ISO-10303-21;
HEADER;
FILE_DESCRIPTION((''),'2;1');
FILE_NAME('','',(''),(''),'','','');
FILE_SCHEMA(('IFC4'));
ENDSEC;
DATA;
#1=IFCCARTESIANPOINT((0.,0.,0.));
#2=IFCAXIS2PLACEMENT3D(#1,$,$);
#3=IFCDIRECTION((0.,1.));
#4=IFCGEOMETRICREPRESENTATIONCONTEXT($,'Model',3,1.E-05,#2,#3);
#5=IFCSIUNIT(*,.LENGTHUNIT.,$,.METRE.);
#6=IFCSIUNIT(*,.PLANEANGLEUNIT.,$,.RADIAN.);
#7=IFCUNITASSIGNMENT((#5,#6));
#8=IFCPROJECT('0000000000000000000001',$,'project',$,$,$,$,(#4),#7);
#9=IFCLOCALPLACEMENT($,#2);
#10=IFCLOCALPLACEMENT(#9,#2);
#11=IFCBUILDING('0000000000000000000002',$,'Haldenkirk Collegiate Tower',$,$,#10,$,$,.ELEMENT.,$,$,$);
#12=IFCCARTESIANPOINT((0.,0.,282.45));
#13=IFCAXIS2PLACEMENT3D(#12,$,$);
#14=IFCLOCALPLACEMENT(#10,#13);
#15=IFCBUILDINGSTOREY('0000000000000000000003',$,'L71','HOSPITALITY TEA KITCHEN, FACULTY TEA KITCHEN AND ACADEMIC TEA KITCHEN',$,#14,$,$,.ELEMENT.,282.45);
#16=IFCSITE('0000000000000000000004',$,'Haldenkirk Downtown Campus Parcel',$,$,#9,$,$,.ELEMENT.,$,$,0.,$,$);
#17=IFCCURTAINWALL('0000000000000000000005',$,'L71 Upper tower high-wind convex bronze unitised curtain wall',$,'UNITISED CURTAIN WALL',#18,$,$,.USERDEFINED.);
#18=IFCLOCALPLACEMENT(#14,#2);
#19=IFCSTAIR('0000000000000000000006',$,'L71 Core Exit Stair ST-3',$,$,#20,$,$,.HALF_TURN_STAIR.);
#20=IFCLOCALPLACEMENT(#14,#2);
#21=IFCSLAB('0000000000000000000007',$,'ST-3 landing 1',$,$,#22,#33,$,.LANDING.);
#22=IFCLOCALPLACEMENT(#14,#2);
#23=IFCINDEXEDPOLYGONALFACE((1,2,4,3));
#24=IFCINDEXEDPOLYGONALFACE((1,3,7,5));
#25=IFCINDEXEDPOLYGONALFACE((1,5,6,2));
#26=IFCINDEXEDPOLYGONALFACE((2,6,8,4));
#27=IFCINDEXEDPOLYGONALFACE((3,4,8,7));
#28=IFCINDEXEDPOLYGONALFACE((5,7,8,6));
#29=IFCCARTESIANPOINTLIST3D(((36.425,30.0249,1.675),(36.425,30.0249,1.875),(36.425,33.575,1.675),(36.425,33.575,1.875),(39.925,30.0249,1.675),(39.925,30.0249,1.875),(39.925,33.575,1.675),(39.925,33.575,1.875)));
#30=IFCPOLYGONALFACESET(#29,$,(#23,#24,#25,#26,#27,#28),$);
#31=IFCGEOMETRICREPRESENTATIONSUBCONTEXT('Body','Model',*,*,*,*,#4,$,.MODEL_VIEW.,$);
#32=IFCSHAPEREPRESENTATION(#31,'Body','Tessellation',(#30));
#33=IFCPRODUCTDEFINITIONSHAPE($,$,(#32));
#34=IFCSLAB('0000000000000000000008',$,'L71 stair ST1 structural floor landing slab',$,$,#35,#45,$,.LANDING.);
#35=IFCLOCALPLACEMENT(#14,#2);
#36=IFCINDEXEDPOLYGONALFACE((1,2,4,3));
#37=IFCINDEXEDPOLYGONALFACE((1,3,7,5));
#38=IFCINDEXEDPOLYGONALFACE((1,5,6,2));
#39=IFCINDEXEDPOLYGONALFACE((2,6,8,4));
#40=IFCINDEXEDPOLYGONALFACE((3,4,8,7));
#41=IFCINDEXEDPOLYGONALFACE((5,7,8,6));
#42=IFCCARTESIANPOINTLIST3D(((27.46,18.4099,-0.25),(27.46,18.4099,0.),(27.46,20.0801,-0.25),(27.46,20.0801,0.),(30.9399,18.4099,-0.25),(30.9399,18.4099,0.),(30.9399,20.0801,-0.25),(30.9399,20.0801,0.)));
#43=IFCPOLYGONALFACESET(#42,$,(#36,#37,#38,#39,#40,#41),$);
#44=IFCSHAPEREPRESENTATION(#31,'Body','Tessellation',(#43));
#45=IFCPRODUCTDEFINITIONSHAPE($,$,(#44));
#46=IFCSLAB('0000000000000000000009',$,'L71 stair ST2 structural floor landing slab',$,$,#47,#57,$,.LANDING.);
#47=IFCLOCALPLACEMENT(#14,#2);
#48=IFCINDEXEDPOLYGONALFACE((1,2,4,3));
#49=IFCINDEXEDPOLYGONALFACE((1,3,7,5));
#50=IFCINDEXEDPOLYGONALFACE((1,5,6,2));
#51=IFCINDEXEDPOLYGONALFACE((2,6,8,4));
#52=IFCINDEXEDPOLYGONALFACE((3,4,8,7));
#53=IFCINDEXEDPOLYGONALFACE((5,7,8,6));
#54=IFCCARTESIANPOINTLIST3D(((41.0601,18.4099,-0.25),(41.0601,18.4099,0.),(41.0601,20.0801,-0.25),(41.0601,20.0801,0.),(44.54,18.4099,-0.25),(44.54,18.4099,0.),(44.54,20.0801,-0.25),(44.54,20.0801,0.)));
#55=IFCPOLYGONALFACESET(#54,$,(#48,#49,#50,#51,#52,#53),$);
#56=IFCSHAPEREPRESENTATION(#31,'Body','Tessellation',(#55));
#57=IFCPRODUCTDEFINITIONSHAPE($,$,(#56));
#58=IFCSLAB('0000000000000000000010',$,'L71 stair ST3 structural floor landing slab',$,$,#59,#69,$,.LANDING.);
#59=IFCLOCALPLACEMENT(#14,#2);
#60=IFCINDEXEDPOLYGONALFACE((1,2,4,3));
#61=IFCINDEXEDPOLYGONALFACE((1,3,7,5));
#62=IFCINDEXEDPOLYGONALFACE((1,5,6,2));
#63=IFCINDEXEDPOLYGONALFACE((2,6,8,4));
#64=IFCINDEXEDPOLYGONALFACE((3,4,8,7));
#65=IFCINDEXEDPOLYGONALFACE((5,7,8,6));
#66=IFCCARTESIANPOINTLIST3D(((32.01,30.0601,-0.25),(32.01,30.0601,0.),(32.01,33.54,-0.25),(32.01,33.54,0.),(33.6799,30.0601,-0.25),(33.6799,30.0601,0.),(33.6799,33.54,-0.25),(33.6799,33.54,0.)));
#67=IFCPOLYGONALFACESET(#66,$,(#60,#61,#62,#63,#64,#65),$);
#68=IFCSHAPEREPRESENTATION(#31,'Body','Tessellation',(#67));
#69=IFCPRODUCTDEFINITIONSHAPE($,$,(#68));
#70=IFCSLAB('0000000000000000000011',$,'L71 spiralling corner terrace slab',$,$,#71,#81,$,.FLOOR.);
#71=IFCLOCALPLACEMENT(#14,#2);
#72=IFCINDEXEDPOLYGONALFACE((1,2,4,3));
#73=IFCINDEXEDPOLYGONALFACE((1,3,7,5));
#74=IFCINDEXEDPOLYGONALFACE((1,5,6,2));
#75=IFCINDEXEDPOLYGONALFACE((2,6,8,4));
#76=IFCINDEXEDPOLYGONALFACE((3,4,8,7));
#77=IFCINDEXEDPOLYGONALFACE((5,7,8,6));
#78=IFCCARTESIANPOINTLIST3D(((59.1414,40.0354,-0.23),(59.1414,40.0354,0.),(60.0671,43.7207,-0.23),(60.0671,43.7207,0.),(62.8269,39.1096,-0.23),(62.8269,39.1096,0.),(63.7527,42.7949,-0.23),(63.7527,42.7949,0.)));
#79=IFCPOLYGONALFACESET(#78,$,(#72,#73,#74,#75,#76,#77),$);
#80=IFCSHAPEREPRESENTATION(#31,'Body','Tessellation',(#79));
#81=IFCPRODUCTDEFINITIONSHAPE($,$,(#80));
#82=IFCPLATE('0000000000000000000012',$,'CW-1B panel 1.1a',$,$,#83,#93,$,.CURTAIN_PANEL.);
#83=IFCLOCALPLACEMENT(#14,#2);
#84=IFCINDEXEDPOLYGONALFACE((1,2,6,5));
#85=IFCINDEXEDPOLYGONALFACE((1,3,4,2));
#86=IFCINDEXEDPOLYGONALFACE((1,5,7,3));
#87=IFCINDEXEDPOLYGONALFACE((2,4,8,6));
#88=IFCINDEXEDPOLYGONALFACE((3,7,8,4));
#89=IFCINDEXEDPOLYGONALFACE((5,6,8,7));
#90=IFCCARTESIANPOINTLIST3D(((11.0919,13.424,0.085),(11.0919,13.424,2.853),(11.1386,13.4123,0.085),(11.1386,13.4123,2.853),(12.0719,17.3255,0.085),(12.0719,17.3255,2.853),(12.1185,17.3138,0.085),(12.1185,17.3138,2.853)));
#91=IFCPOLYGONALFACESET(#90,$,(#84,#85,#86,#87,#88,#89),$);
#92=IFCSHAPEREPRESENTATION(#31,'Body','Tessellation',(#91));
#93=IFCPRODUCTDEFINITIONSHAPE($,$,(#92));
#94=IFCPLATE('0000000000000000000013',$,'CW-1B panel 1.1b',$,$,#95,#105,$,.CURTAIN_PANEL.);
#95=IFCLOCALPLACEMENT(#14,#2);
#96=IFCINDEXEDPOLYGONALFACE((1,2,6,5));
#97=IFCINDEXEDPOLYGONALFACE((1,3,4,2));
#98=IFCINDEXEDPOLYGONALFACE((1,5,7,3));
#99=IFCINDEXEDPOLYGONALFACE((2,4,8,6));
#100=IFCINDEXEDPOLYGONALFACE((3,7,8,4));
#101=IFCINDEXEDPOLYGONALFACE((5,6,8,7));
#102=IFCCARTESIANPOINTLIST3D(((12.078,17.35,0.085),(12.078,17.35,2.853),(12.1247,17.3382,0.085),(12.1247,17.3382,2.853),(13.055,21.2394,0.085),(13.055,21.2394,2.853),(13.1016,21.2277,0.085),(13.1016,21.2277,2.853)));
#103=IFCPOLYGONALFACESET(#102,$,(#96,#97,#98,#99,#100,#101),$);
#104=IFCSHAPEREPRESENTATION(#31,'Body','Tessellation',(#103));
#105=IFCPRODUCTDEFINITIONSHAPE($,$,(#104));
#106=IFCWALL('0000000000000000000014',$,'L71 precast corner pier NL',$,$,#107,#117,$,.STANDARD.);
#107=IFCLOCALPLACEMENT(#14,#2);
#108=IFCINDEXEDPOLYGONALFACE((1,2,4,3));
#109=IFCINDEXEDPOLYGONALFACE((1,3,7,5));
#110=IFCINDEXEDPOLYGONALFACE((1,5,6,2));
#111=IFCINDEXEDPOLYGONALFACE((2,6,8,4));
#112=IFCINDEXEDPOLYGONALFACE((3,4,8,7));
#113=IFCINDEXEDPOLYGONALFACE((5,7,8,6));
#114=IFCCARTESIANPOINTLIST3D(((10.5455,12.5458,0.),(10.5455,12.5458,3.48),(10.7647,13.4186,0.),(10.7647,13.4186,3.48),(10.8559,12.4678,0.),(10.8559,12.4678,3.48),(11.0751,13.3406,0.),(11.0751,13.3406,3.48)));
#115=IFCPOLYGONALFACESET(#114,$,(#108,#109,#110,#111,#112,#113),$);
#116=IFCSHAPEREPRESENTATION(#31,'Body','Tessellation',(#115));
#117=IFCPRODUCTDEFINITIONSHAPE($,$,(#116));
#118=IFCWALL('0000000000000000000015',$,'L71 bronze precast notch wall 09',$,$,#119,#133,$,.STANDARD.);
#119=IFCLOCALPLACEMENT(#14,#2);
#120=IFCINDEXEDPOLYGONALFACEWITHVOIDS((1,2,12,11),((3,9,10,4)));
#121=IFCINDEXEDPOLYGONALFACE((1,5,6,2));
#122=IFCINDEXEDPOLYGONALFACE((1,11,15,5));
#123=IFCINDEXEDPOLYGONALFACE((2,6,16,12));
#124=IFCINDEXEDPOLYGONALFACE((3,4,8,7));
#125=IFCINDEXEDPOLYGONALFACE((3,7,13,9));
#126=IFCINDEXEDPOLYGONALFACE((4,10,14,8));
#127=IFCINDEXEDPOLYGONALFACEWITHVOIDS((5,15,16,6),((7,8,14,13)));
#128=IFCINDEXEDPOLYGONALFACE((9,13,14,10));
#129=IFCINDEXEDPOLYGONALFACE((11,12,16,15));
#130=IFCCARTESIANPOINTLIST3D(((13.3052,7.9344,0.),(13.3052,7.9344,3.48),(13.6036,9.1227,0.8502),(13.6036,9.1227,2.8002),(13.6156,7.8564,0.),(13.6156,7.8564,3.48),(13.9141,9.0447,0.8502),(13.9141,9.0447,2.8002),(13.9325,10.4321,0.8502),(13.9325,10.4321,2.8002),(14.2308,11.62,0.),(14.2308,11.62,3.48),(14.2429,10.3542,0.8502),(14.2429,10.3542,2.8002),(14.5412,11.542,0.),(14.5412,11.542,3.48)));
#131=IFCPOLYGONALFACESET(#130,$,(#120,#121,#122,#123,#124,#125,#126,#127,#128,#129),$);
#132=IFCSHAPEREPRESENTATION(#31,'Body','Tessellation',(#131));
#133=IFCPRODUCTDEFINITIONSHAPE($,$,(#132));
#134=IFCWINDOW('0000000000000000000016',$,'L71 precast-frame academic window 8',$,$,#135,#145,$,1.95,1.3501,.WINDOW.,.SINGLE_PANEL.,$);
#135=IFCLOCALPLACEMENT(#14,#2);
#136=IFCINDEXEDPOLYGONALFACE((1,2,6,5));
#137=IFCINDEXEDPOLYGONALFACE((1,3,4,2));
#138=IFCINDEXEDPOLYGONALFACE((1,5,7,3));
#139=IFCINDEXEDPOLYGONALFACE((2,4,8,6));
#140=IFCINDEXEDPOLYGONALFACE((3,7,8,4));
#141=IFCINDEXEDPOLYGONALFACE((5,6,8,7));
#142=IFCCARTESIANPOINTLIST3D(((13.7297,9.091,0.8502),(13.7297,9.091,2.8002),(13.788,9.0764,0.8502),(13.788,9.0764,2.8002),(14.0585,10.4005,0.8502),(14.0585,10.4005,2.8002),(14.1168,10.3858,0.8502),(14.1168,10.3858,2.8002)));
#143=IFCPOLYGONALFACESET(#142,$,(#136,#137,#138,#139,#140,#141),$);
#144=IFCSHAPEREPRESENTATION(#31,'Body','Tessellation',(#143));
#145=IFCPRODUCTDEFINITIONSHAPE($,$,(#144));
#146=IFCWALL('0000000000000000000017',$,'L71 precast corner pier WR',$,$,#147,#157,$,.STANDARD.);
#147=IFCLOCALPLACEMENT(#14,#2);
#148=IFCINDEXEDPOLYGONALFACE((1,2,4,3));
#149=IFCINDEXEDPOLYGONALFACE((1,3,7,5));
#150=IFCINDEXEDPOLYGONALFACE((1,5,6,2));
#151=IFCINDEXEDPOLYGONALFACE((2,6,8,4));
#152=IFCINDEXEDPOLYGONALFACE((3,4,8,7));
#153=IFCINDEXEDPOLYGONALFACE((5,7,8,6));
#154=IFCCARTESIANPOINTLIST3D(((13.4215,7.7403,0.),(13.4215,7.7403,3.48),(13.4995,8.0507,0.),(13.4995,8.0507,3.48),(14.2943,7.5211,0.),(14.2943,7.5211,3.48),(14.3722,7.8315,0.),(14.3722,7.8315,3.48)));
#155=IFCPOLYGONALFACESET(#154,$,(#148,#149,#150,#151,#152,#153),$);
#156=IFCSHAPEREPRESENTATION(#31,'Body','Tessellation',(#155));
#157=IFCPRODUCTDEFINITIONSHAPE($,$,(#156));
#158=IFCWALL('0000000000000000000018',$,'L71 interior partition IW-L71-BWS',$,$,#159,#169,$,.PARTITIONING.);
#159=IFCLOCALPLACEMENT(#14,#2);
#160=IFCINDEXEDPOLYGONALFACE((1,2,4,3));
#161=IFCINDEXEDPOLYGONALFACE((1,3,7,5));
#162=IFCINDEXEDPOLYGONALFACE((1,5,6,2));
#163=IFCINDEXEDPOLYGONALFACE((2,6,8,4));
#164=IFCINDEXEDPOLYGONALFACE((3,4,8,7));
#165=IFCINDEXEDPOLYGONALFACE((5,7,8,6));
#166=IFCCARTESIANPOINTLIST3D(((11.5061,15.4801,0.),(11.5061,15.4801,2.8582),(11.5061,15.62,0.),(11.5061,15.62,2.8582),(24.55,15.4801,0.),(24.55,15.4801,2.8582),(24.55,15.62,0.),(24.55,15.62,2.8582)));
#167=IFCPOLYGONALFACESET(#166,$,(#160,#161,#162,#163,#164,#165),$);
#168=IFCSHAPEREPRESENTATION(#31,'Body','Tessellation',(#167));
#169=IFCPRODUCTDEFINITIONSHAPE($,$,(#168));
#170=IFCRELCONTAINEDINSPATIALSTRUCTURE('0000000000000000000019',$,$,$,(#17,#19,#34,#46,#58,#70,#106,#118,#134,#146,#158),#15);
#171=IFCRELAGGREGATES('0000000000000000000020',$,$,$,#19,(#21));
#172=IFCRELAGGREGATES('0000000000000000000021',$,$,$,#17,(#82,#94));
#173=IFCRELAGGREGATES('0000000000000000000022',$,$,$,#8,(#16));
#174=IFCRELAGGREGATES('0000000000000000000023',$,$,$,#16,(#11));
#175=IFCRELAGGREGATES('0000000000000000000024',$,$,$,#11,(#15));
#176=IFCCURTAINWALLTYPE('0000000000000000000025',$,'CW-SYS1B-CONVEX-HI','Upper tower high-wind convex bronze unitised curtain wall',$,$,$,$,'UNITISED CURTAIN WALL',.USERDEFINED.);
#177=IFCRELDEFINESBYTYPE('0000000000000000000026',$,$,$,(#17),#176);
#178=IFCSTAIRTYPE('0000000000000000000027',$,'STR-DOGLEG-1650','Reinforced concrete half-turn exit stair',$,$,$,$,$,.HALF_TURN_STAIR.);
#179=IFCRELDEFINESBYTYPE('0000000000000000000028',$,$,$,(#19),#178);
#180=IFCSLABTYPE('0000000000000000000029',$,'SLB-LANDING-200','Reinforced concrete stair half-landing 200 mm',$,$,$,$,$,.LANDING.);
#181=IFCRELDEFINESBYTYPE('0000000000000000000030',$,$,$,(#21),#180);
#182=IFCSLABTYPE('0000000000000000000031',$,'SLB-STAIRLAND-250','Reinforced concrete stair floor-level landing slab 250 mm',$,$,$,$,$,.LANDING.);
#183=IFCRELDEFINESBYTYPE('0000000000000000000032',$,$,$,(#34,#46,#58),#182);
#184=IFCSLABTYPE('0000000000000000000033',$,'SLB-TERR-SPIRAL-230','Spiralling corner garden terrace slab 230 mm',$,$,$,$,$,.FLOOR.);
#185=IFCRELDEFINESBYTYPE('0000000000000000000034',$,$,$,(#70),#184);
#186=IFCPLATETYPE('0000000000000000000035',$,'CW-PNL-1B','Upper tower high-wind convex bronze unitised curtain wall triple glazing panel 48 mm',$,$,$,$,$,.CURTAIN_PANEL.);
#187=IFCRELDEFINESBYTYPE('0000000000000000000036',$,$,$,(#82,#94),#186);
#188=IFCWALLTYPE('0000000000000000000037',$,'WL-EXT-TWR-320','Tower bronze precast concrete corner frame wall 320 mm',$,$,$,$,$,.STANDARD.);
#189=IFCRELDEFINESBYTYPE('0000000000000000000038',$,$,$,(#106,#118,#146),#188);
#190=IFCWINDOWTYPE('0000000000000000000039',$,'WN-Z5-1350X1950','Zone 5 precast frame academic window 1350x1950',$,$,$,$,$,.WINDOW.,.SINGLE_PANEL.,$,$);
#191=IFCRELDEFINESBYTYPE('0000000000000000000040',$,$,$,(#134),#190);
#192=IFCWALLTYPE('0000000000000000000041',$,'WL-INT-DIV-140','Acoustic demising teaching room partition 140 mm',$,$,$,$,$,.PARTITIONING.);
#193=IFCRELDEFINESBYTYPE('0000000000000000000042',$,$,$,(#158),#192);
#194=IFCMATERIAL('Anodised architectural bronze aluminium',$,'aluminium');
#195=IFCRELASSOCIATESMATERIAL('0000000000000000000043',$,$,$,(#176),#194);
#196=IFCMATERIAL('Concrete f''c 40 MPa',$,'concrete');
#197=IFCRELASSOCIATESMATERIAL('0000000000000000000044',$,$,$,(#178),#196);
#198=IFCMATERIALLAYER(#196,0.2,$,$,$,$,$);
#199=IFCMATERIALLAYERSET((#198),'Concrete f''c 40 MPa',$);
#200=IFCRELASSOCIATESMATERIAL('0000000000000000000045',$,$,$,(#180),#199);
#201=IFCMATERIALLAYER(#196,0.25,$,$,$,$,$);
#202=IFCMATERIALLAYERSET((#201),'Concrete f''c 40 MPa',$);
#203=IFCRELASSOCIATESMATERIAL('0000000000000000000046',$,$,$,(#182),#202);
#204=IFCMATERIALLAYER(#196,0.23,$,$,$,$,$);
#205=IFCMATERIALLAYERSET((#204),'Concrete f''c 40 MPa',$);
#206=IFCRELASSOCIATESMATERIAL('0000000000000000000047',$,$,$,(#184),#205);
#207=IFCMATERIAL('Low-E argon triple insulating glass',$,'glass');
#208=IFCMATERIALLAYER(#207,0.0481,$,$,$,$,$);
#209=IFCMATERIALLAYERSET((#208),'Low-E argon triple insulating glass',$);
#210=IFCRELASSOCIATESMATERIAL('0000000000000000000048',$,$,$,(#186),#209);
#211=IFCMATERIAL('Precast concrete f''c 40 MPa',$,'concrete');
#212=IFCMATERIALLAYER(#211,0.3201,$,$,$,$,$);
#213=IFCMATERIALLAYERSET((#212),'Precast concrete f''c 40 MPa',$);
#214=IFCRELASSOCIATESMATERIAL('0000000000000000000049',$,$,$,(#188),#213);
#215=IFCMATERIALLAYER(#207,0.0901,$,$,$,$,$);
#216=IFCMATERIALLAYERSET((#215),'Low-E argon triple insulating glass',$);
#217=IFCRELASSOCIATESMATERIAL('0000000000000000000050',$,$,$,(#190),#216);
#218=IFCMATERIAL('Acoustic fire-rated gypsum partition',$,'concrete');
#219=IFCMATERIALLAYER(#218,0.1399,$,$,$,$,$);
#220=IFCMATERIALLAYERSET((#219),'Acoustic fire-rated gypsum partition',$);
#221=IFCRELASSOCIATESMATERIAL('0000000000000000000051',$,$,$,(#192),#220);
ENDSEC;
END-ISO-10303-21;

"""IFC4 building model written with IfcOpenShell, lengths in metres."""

from ifc_helpers import new_model, si_unit, direction, frame, frame_2d, origin, origin_2d, place, context, subcontext, project, spatial, polyline, rectangle, outline, extrude, source, transform, mapped, material, layer, layer_set, type_object, element, fill, aggregate, save


model = new_model("IFC4")

# Units and contexts
model_context = context("Model", 3, precision=1e-05, world=origin(), true_north=direction((0.0, 1.0)))
body_context = subcontext(model_context, "Body", "Model", "MODEL_VIEW")
ifc_project = project(units=[si_unit("LENGTHUNIT", "METRE"), si_unit("PLANEANGLEUNIT", "RADIAN")], contexts=[model_context])

# Site, building, storey
site_placement = place(None, origin())
site = spatial("IfcSite", under=ifc_project, at=site_placement, Name="Haldenkirk Downtown Campus Parcel", CompositionType="ELEMENT", RefElevation=0.0)
building_placement = place(site_placement, origin())
building = spatial("IfcBuilding", under=site, at=building_placement, Name="Haldenkirk Collegiate Tower", CompositionType="ELEMENT")
storey_placement = place(building_placement, frame((0.0, 0.0, 282.45)))
storey = spatial("IfcBuildingStorey", under=building, at=storey_placement, Name="L71", Description="HOSPITALITY TEA KITCHEN, FACULTY TEA KITCHEN AND ACADEMIC TEA KITCHEN", CompositionType="ELEMENT", Elevation=282.45)

# Curtain wall
ifc_material_1 = material(Name="Anodised architectural bronze aluminium", Category="aluminium")
curtain_wall_type = type_object("IfcCurtainWallType", Name="CW-SYS1B-CONVEX-HI", Description="Upper tower high-wind convex bronze unitised curtain wall", ElementType="UNITISED CURTAIN WALL", PredefinedType="USERDEFINED", material=ifc_material_1)
curtain_wall_placement = place(storey_placement, origin())
curtain_wall = element("IfcCurtainWall", 1, at=curtain_wall_placement, inside=storey, type_object=curtain_wall_type, Name="L71 Upper tower high-wind convex bronze unitised curtain wall", ObjectType="UNITISED CURTAIN WALL", PredefinedType="USERDEFINED")

# Shared definitions
ifc_material_2 = material(Name="Concrete f'c 40 MPa", Category="concrete")

# Stair, slab
stair_type = type_object("IfcStairType", Name="STR-DOGLEG-1650", Description="Reinforced concrete half-turn exit stair", PredefinedType="HALF_TURN_STAIR", material=ifc_material_2)
ifc_layer_1 = layer(ifc_material_2, 0.2)
ifc_layer_set_1 = layer_set([ifc_layer_1], Name="Concrete f'c 40 MPa")
slab_type_1 = type_object("IfcSlabType", Name="SLB-LANDING-200", Description="Reinforced concrete stair half-landing 200 mm", PredefinedType="LANDING", material=ifc_layer_set_1)
stair_1_placement = place(storey_placement, origin())
stair_1 = element("IfcStair", 2, at=stair_1_placement, inside=storey, type_object=stair_type, Name="L71 Core Exit Stair ST-3", PredefinedType="HALF_TURN_STAIR")
slab_1_placement = place(storey_placement, frame((0.0, 0.0, 1.675)))
slab_1 = element("IfcSlab", 3, at=slab_1_placement, type_object=slab_type_1, Name="ST-3 landing 1", PredefinedType="LANDING", context=body_context, shape_type="SweptSolid", body=[
    extrude(outline(polyline([(36.425, 30.0249), (36.425, 33.575), (39.925, 33.575), (39.925, 30.0249), (36.425, 30.0249)])), origin(), (0.0, 0.0, 1.0), 0.2),
])
aggregate(stair_1, [slab_1])

# Slabs
ifc_layer_2 = layer(ifc_material_2, 0.25)
ifc_layer_set_2 = layer_set([ifc_layer_2], Name="Concrete f'c 40 MPa")
slab_type_2 = type_object("IfcSlabType", Name="SLB-STAIRLAND-250", Description="Reinforced concrete stair floor-level landing slab 250 mm", PredefinedType="LANDING", material=ifc_layer_set_2)
slab_2_placement = place(storey_placement, frame((0.0, 0.0, -0.25)))
element("IfcSlab", 4, at=slab_2_placement, inside=storey, type_object=slab_type_2, Name="L71 stair ST1 structural floor landing slab", PredefinedType="LANDING", context=body_context, shape_type="SweptSolid", body=[
    extrude(outline(polyline([(27.46, 18.4099), (30.9399, 18.4099), (30.9399, 20.0801), (27.46, 20.0801), (27.46, 18.4099)])), origin(), (0.0, 0.0, 1.0), 0.25),
])
slab_3_placement = place(storey_placement, frame((0.0, 0.0, -0.25)))
element("IfcSlab", 5, at=slab_3_placement, inside=storey, type_object=slab_type_2, Name="L71 stair ST2 structural floor landing slab", PredefinedType="LANDING", context=body_context, shape_type="SweptSolid", body=[
    extrude(outline(polyline([(41.0601, 18.4099), (44.54, 18.4099), (44.54, 20.0801), (41.0601, 20.0801), (41.0601, 18.4099)])), origin(), (0.0, 0.0, 1.0), 0.25),
])
slab_4_placement = place(storey_placement, frame((0.0, 0.0, -0.25)))
element("IfcSlab", 6, at=slab_4_placement, inside=storey, type_object=slab_type_2, Name="L71 stair ST3 structural floor landing slab", PredefinedType="LANDING", context=body_context, shape_type="SweptSolid", body=[
    extrude(outline(polyline([(32.01, 30.0601), (33.6799, 30.0601), (33.6799, 33.54), (32.01, 33.54), (32.01, 30.0601)])), origin(), (0.0, 0.0, 1.0), 0.25),
])
ifc_layer_3 = layer(ifc_material_2, 0.23)
ifc_layer_set_3 = layer_set([ifc_layer_3], Name="Concrete f'c 40 MPa")
slab_type_3 = type_object("IfcSlabType", Name="SLB-TERR-SPIRAL-230", Description="Spiralling corner garden terrace slab 230 mm", PredefinedType="FLOOR", material=ifc_layer_set_3)
slab_5_placement = place(storey_placement, frame((0.0, 0.0, -0.23)))
element("IfcSlab", 7, at=slab_5_placement, inside=storey, type_object=slab_type_3, Name="L71 spiralling corner terrace slab", PredefinedType="FLOOR", context=body_context, shape_type="SweptSolid", body=[
    extrude(outline(polyline([(62.8269, 39.1096), (63.7527, 42.7949), (60.0671, 43.7207), (59.1414, 40.0354), (62.8269, 39.1096)])), origin(), (0.0, 0.0, 1.0), 0.23),
])

# Plates
ifc_material_3 = material(Name="Low-E argon triple insulating glass", Category="glass")
ifc_layer_4 = layer(ifc_material_3, 0.0481)
ifc_layer_set_4 = layer_set([ifc_layer_4], Name="Low-E argon triple insulating glass")
plate_type = type_object("IfcPlateType", Name="CW-PNL-1B", Description="Upper tower high-wind convex bronze unitised curtain wall triple glazing panel 48 mm", PredefinedType="CURTAIN_PANEL", material=ifc_layer_set_4)
shared_shape_1 = source(origin(), body_context, "Body", "SweptSolid", [
    extrude(rectangle(XDim=4.0227, YDim=0.0481, at=origin_2d()), origin(), (0.0, 0.0, 1.0), 2.7681),
])
plate_1_placement = place(storey_placement, frame((11.6052, 15.3689, 0.085), z_axis=(0.0, 0.0, 1.0), x_axis=(0.243613, 0.969872, 0.0)))
plate_1 = element("IfcPlate", 8, at=plate_1_placement, type_object=plate_type, Name="CW-1B panel 1.1a", PredefinedType="CURTAIN_PANEL", context=body_context, shape_type="MappedRepresentation", body=[
    mapped(shared_shape_1, transform((0.0, 0.0, 0.0), x_axis=(1.0, 0.0, 0.0), y_axis=(0.0, 1.0, 0.0), z_axis=(0.0, 0.0, 1.0), scale=1.0)),
])
shared_shape_2 = source(origin(), body_context, "Body", "SweptSolid", [
    extrude(rectangle(XDim=4.0103, YDim=0.0481, at=origin_2d()), origin(), (0.0, 0.0, 1.0), 2.7681),
])
plate_2_placement = place(storey_placement, frame((12.5898, 19.2888, 0.085), z_axis=(0.0, 0.0, 1.0), x_axis=(0.243613, 0.969872, 0.0)))
plate_2 = element("IfcPlate", 9, at=plate_2_placement, type_object=plate_type, Name="CW-1B panel 1.1b", PredefinedType="CURTAIN_PANEL", context=body_context, shape_type="MappedRepresentation", body=[
    mapped(shared_shape_2, transform((0.0, 0.0, 0.0), x_axis=(1.0, 0.0, 0.0), y_axis=(0.0, 1.0, 0.0), z_axis=(0.0, 0.0, 1.0), scale=1.0)),
])
aggregate(curtain_wall, [plate_1, plate_2])

# Wall
ifc_material_4 = material(Name="Precast concrete f'c 40 MPa", Category="concrete")
ifc_layer_5 = layer(ifc_material_4, 0.3201)
ifc_layer_set_5 = layer_set([ifc_layer_5], Name="Precast concrete f'c 40 MPa")
wall_type_1 = type_object("IfcWallType", Name="WL-EXT-TWR-320", Description="Tower bronze precast concrete corner frame wall 320 mm", PredefinedType="STANDARD", material=ifc_layer_set_5)
wall_1_placement = place(storey_placement, frame((10.7007, 12.5068, 0.0), z_axis=(0.0, 0.0, 1.0), x_axis=(0.243621, 0.969871, 0.0)))
element("IfcWall", 10, at=wall_1_placement, inside=storey, type_object=wall_type_1, Name="L71 precast corner pier NL", PredefinedType="STANDARD", context=body_context, shape_type="SweptSolid", body=[
    extrude(rectangle(XDim=0.8999, YDim=0.3201, at=frame_2d((0.45, 0.0))), origin(), (0.0, 0.0, 1.0), 3.48),
])

# Wall, opening, window
wall_2_placement = place(storey_placement, frame((13.4604, 7.8955, 0.0), z_axis=(0.0, 0.0, 1.0), x_axis=(0.243563, 0.969885, 0.0)))
wall_2 = element("IfcWall", 11, at=wall_2_placement, inside=storey, type_object=wall_type_1, Name="L71 bronze precast notch wall 09", PredefinedType="STANDARD", context=body_context, shape_type="SweptSolid", body=[
    extrude(rectangle(XDim=3.8, YDim=0.3201, at=frame_2d((1.8999, 0.0))), origin(), (0.0, 0.0, 1.0), 3.48),
])
opening_placement = place(wall_2_placement, frame((1.2251, 0.0, 0.8501)))
opening = element("IfcOpeningElement", 12, at=opening_placement, cuts=wall_2, PredefinedType="OPENING", context=body_context, shape_type="SweptSolid", body=[
    extrude(rectangle(XDim=1.3501, YDim=1.95, at=frame_2d((0.675, 0.9751))), frame((0.0, 0.1699, 0.0), z_axis=(0.0, -1.0, 0.0), x_axis=(1.0, 0.0, 0.0)), (0.0, 0.0, 1.0), 0.3401),
])
ifc_layer_6 = layer(ifc_material_3, 0.0901)
ifc_layer_set_6 = layer_set([ifc_layer_6], Name="Low-E argon triple insulating glass")
window_type = type_object("IfcWindowType", Name="WN-Z5-1350X1950", Description="Zone 5 precast frame academic window 1350x1950", PartitioningType="SINGLE_PANEL", PredefinedType="WINDOW", material=ifc_layer_set_6)
window_placement = place(opening_placement, origin())
window = element("IfcWindow", 13, at=window_placement, inside=storey, type_object=window_type, Name="L71 precast-frame academic window 8", OverallHeight=1.95, OverallWidth=1.3501, PartitioningType="SINGLE_PANEL", PredefinedType="WINDOW", context=body_context, shape_type="SweptSolid", body=[
    extrude(rectangle(XDim=1.3501, YDim=1.95, at=frame_2d((0.675, 0.9751))), frame((0.0, 0.03, 0.0), z_axis=(0.0, -1.0, 0.0), x_axis=(1.0, 0.0, 0.0)), (0.0, 0.0, 1.0), 0.0601),
])
fill(opening, window)

# Walls
wall_3_placement = place(storey_placement, frame((14.3333, 7.6763, 0.0), z_axis=(0.0, 0.0, 1.0), x_axis=(-0.969871, 0.243621, 0.0)))
element("IfcWall", 14, at=wall_3_placement, inside=storey, type_object=wall_type_1, Name="L71 precast corner pier WR", PredefinedType="STANDARD", context=body_context, shape_type="SweptSolid", body=[
    extrude(rectangle(XDim=0.8999, YDim=0.3201, at=frame_2d((0.45, 0.0))), origin(), (0.0, 0.0, 1.0), 3.48),
])
ifc_material_5 = material(Name="Acoustic fire-rated gypsum partition", Category="concrete")
ifc_layer_7 = layer(ifc_material_5, 0.1399)
ifc_layer_set_7 = layer_set([ifc_layer_7], Name="Acoustic fire-rated gypsum partition")
wall_type_2 = type_object("IfcWallType", Name="WL-INT-DIV-140", Description="Acoustic demising teaching room partition 140 mm", PredefinedType="PARTITIONING", material=ifc_layer_set_7)
wall_4_placement = place(storey_placement, frame((11.5061, 15.55, 0.0), z_axis=(0.0, 0.0, 1.0), x_axis=(1.0, 0.0, 0.0)))
element("IfcWall", 15, at=wall_4_placement, inside=storey, type_object=wall_type_2, Name="L71 interior partition IW-L71-BWS", PredefinedType="PARTITIONING", context=body_context, shape_type="SweptSolid", body=[
    extrude(rectangle(XDim=13.0439, YDim=0.1399, at=frame_2d((6.522, 0.0))), origin(), (0.0, 0.0, 1.0), 2.8582),
])

save(model, "model.ifc")
